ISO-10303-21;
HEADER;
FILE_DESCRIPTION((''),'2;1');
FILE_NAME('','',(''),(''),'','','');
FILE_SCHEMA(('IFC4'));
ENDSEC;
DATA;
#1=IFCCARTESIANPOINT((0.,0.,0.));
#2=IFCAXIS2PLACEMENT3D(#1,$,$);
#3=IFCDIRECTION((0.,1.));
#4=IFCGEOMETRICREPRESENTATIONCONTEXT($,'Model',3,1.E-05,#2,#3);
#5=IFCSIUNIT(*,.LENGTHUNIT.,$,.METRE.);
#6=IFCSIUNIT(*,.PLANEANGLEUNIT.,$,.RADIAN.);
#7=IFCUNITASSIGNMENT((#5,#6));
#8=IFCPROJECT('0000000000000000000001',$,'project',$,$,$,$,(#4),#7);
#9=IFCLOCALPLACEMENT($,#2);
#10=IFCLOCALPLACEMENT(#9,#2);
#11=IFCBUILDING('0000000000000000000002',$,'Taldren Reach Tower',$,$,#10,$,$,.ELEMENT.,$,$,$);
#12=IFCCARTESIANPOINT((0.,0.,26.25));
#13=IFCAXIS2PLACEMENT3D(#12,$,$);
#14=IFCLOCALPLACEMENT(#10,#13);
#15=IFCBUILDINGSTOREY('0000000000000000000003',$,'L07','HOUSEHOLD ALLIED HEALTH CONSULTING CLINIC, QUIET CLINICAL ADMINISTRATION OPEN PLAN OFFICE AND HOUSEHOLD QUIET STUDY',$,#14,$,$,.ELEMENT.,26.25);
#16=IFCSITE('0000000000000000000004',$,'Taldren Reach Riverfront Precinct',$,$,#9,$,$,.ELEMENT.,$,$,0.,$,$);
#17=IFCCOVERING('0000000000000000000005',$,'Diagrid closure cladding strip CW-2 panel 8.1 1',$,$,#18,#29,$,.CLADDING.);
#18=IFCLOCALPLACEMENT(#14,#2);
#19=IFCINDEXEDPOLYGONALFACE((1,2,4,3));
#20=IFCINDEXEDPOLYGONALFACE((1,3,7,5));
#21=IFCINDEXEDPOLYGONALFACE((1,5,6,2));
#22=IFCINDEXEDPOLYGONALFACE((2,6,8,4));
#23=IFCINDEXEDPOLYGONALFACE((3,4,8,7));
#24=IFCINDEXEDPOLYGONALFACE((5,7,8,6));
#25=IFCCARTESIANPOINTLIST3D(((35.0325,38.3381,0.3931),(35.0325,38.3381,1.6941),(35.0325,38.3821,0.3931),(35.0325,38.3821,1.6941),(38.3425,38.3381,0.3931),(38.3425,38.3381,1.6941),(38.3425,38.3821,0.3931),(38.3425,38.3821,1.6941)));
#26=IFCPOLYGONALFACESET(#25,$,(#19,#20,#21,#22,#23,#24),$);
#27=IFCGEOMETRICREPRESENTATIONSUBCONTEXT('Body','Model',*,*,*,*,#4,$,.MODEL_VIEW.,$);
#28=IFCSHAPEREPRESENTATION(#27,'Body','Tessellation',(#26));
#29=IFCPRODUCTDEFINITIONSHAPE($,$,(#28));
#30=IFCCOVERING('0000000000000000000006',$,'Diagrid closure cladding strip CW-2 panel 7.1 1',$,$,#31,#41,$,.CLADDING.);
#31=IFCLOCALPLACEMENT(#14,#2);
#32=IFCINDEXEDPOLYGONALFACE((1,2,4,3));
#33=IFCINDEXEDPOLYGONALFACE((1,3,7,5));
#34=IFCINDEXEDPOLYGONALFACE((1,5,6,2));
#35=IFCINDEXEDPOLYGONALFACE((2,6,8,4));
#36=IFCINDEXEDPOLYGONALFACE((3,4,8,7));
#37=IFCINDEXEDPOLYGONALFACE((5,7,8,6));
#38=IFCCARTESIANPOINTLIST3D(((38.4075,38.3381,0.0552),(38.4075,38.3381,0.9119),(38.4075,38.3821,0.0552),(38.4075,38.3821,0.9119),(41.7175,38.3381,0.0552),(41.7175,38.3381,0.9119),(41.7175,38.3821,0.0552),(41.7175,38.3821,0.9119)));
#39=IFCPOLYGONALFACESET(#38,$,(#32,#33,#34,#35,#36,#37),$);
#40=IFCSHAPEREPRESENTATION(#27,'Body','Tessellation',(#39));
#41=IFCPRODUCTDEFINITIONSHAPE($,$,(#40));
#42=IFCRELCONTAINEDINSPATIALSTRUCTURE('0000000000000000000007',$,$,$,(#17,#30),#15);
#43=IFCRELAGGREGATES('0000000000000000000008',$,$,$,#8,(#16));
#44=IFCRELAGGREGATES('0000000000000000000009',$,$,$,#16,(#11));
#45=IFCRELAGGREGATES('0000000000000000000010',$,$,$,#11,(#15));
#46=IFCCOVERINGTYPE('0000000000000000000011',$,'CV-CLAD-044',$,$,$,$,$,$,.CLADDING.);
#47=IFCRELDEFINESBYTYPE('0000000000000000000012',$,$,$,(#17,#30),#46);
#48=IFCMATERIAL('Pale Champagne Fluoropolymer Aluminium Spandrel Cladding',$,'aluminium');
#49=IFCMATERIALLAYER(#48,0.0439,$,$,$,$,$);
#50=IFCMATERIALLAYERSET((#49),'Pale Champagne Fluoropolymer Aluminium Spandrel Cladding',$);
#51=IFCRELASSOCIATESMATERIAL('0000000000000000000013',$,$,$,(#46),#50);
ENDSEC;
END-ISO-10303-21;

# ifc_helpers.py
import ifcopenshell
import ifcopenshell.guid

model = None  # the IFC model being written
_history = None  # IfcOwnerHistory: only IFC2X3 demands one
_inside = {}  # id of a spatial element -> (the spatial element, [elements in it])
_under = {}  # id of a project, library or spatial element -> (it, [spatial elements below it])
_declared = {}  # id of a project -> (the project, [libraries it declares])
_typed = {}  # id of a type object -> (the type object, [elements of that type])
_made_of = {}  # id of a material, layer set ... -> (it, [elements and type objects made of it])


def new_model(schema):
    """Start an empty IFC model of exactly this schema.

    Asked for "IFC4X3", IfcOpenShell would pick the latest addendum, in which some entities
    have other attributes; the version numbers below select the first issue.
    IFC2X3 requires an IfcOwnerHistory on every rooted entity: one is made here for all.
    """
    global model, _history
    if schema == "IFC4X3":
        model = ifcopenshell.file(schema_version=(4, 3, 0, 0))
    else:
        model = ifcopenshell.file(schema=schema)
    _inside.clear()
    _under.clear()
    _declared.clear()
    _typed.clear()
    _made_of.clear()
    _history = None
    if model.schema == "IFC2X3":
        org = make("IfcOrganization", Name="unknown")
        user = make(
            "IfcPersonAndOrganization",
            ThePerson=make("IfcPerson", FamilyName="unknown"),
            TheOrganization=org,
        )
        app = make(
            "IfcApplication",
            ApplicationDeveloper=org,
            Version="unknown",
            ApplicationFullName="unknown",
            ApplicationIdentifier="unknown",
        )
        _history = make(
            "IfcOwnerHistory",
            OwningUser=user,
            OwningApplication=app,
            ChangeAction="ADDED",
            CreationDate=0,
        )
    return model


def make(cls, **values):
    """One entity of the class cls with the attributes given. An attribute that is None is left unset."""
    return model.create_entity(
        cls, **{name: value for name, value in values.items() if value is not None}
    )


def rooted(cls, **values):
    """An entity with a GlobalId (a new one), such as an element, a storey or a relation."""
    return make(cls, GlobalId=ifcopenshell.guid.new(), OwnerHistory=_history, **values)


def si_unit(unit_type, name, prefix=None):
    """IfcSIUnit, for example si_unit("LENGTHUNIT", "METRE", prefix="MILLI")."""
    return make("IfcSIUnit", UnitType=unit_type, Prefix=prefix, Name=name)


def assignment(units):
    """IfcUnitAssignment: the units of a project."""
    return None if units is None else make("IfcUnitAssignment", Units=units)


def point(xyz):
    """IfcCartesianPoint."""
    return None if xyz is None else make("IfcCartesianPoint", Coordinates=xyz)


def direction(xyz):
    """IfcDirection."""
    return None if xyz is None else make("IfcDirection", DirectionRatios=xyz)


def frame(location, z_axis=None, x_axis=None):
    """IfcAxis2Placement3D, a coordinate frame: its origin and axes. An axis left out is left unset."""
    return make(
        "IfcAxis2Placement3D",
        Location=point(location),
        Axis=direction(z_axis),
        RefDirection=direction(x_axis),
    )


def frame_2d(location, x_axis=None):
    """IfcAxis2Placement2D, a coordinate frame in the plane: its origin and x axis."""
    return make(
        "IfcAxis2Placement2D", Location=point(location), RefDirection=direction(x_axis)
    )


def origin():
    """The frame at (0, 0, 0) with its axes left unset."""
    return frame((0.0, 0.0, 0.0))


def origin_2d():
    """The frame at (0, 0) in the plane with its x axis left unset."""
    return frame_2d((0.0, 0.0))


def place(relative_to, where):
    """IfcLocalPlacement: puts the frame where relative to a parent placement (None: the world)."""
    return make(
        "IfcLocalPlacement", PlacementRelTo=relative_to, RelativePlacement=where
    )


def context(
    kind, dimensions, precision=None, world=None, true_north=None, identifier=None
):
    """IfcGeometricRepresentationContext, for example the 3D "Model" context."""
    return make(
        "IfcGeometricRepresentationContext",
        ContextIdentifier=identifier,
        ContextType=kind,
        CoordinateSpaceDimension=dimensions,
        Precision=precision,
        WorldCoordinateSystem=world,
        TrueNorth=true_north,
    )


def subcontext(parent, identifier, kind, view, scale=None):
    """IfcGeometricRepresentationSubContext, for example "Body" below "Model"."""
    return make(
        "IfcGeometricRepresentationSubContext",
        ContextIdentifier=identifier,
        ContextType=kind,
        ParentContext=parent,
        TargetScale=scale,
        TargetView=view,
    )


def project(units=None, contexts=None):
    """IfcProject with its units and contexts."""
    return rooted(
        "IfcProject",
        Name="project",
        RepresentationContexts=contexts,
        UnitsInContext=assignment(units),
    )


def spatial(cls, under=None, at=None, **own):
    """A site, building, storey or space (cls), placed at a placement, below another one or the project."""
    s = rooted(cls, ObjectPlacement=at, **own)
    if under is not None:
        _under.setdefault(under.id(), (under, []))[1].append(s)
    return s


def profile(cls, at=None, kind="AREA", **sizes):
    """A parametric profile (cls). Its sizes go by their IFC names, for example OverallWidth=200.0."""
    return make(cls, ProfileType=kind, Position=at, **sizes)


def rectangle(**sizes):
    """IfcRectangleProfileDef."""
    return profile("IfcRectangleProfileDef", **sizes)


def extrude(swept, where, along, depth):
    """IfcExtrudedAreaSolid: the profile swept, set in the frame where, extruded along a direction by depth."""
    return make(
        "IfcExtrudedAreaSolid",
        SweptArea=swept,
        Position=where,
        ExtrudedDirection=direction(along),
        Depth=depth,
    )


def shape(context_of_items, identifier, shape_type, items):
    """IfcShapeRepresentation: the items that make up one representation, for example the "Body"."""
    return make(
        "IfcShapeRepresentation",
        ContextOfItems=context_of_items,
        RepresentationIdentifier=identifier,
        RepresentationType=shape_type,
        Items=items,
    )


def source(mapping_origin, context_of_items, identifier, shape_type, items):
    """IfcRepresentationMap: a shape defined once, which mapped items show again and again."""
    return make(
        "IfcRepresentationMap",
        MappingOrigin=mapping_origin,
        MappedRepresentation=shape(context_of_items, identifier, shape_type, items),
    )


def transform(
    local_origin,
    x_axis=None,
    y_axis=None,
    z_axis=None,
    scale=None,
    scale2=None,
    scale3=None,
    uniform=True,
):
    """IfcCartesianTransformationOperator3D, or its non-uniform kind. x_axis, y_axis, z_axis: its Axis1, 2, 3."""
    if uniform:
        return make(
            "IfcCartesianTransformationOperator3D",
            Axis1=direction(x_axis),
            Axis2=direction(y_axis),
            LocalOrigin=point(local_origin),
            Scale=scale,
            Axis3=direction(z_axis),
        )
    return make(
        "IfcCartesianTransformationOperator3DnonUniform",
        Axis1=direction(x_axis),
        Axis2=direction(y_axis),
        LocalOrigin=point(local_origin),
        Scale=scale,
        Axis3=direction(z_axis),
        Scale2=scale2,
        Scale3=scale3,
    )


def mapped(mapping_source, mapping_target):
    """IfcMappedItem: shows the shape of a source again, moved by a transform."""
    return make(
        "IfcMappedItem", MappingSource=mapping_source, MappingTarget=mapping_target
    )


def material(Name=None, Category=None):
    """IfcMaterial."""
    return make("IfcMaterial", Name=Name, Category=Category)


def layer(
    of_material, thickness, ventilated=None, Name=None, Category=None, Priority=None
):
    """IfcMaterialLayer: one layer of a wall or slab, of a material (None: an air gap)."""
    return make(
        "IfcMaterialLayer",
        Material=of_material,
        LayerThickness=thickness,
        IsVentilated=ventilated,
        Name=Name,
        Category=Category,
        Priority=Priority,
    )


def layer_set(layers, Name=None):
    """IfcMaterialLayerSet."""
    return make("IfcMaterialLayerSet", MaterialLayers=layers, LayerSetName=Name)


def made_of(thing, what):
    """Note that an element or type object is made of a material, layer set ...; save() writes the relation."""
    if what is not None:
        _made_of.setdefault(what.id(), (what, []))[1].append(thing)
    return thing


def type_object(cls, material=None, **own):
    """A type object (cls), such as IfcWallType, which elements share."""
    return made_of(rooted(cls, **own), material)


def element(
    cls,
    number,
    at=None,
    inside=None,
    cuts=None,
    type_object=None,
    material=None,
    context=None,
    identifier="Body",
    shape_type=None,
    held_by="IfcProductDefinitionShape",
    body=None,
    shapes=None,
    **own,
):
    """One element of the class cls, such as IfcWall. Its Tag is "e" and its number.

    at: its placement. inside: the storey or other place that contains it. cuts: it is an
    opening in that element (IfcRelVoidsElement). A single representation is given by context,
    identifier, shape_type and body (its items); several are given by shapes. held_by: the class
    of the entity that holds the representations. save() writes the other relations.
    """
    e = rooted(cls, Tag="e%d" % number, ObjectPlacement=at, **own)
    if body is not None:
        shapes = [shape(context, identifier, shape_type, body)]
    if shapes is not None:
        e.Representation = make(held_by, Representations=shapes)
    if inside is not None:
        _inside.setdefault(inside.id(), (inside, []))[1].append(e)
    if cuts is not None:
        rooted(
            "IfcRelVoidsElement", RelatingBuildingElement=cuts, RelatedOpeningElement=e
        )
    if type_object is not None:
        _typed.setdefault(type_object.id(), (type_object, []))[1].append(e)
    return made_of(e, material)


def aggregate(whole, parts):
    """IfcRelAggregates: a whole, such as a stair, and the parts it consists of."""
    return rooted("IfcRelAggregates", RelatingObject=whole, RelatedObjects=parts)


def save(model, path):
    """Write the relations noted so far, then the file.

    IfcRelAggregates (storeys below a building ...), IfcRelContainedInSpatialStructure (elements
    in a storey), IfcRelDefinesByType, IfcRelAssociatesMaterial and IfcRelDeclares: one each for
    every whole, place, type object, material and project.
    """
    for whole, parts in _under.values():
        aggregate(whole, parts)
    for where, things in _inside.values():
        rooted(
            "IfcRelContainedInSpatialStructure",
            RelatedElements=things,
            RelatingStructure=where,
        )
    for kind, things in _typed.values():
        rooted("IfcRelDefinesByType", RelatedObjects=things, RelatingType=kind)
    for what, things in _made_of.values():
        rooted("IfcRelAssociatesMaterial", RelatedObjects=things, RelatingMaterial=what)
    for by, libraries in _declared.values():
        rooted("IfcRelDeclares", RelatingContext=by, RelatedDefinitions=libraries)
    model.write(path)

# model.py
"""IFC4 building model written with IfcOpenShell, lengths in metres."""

from ifc_helpers import new_model, si_unit, direction, frame, origin, origin_2d, place, context, subcontext, project, spatial, rectangle, extrude, source, transform, mapped, material, layer, layer_set, type_object, element, save


model = new_model("IFC4")

# Units and contexts
model_context = context("Model", 3, precision=1e-05, world=origin(), true_north=direction((0.0, 1.0)))
body_context = subcontext(model_context, "Body", "Model", "MODEL_VIEW")
ifc_project = project(units=[si_unit("LENGTHUNIT", "METRE"), si_unit("PLANEANGLEUNIT", "RADIAN")], contexts=[model_context])

# Site, building, storey
site_placement = place(None, origin())
site = spatial("IfcSite", under=ifc_project, at=site_placement, Name="Taldren Reach Riverfront Precinct", CompositionType="ELEMENT", RefElevation=0.0)
building_placement = place(site_placement, origin())
building = spatial("IfcBuilding", under=site, at=building_placement, Name="Taldren Reach Tower", CompositionType="ELEMENT")
storey_placement = place(building_placement, frame((0.0, 0.0, 26.25)))
storey = spatial("IfcBuildingStorey", under=building, at=storey_placement, Name="L07", Description="HOUSEHOLD ALLIED HEALTH CONSULTING CLINIC, QUIET CLINICAL ADMINISTRATION OPEN PLAN OFFICE AND HOUSEHOLD QUIET STUDY", CompositionType="ELEMENT", Elevation=26.25)

# Coverings
ifc_material_1 = material(Name="Pale Champagne Fluoropolymer Aluminium Spandrel Cladding", Category="aluminium")
ifc_layer_1 = layer(ifc_material_1, 0.0439)
ifc_layer_set_1 = layer_set([ifc_layer_1], Name="Pale Champagne Fluoropolymer Aluminium Spandrel Cladding")
covering_type = type_object("IfcCoveringType", Name="CV-CLAD-044", PredefinedType="CLADDING", material=ifc_layer_set_1)
shared_shape_1 = source(origin(), body_context, "Body", "SweptSolid", [
    extrude(rectangle(XDim=3.3101, YDim=0.0439, at=origin_2d()), origin(), (0.0, 0.0, 1.0), 1.301),
])
covering_1_placement = place(storey_placement, frame((36.6875, 38.3601, 0.3931), z_axis=(0.0, 0.0, 1.0), x_axis=(-1.0, 0.0, 0.0)))
element("IfcCovering", 1, at=covering_1_placement, inside=storey, type_object=covering_type, Name="Diagrid closure cladding strip CW-2 panel 8.1 1", PredefinedType="CLADDING", context=body_context, shape_type="MappedRepresentation", body=[
    mapped(shared_shape_1, transform((0.0, 0.0, 0.0), scale=1.0)),
])
shared_shape_2 = source(origin(), body_context, "Body", "SweptSolid", [
    extrude(rectangle(XDim=3.3101, YDim=0.0439, at=origin_2d()), origin(), (0.0, 0.0, 1.0), 0.8567),
])
covering_2_placement = place(storey_placement, frame((40.0625, 38.3601, 0.0552), z_axis=(0.0, 0.0, 1.0), x_axis=(-1.0, 0.0, 0.0)))
element("IfcCovering", 2, at=covering_2_placement, inside=storey, type_object=covering_type, Name="Diagrid closure cladding strip CW-2 panel 7.1 1", PredefinedType="CLADDING", context=body_context, shape_type="MappedRepresentation", body=[
    mapped(shared_shape_2, transform((0.0, 0.0, 0.0), scale=1.0)),
])

save(model, "model.ifc")
